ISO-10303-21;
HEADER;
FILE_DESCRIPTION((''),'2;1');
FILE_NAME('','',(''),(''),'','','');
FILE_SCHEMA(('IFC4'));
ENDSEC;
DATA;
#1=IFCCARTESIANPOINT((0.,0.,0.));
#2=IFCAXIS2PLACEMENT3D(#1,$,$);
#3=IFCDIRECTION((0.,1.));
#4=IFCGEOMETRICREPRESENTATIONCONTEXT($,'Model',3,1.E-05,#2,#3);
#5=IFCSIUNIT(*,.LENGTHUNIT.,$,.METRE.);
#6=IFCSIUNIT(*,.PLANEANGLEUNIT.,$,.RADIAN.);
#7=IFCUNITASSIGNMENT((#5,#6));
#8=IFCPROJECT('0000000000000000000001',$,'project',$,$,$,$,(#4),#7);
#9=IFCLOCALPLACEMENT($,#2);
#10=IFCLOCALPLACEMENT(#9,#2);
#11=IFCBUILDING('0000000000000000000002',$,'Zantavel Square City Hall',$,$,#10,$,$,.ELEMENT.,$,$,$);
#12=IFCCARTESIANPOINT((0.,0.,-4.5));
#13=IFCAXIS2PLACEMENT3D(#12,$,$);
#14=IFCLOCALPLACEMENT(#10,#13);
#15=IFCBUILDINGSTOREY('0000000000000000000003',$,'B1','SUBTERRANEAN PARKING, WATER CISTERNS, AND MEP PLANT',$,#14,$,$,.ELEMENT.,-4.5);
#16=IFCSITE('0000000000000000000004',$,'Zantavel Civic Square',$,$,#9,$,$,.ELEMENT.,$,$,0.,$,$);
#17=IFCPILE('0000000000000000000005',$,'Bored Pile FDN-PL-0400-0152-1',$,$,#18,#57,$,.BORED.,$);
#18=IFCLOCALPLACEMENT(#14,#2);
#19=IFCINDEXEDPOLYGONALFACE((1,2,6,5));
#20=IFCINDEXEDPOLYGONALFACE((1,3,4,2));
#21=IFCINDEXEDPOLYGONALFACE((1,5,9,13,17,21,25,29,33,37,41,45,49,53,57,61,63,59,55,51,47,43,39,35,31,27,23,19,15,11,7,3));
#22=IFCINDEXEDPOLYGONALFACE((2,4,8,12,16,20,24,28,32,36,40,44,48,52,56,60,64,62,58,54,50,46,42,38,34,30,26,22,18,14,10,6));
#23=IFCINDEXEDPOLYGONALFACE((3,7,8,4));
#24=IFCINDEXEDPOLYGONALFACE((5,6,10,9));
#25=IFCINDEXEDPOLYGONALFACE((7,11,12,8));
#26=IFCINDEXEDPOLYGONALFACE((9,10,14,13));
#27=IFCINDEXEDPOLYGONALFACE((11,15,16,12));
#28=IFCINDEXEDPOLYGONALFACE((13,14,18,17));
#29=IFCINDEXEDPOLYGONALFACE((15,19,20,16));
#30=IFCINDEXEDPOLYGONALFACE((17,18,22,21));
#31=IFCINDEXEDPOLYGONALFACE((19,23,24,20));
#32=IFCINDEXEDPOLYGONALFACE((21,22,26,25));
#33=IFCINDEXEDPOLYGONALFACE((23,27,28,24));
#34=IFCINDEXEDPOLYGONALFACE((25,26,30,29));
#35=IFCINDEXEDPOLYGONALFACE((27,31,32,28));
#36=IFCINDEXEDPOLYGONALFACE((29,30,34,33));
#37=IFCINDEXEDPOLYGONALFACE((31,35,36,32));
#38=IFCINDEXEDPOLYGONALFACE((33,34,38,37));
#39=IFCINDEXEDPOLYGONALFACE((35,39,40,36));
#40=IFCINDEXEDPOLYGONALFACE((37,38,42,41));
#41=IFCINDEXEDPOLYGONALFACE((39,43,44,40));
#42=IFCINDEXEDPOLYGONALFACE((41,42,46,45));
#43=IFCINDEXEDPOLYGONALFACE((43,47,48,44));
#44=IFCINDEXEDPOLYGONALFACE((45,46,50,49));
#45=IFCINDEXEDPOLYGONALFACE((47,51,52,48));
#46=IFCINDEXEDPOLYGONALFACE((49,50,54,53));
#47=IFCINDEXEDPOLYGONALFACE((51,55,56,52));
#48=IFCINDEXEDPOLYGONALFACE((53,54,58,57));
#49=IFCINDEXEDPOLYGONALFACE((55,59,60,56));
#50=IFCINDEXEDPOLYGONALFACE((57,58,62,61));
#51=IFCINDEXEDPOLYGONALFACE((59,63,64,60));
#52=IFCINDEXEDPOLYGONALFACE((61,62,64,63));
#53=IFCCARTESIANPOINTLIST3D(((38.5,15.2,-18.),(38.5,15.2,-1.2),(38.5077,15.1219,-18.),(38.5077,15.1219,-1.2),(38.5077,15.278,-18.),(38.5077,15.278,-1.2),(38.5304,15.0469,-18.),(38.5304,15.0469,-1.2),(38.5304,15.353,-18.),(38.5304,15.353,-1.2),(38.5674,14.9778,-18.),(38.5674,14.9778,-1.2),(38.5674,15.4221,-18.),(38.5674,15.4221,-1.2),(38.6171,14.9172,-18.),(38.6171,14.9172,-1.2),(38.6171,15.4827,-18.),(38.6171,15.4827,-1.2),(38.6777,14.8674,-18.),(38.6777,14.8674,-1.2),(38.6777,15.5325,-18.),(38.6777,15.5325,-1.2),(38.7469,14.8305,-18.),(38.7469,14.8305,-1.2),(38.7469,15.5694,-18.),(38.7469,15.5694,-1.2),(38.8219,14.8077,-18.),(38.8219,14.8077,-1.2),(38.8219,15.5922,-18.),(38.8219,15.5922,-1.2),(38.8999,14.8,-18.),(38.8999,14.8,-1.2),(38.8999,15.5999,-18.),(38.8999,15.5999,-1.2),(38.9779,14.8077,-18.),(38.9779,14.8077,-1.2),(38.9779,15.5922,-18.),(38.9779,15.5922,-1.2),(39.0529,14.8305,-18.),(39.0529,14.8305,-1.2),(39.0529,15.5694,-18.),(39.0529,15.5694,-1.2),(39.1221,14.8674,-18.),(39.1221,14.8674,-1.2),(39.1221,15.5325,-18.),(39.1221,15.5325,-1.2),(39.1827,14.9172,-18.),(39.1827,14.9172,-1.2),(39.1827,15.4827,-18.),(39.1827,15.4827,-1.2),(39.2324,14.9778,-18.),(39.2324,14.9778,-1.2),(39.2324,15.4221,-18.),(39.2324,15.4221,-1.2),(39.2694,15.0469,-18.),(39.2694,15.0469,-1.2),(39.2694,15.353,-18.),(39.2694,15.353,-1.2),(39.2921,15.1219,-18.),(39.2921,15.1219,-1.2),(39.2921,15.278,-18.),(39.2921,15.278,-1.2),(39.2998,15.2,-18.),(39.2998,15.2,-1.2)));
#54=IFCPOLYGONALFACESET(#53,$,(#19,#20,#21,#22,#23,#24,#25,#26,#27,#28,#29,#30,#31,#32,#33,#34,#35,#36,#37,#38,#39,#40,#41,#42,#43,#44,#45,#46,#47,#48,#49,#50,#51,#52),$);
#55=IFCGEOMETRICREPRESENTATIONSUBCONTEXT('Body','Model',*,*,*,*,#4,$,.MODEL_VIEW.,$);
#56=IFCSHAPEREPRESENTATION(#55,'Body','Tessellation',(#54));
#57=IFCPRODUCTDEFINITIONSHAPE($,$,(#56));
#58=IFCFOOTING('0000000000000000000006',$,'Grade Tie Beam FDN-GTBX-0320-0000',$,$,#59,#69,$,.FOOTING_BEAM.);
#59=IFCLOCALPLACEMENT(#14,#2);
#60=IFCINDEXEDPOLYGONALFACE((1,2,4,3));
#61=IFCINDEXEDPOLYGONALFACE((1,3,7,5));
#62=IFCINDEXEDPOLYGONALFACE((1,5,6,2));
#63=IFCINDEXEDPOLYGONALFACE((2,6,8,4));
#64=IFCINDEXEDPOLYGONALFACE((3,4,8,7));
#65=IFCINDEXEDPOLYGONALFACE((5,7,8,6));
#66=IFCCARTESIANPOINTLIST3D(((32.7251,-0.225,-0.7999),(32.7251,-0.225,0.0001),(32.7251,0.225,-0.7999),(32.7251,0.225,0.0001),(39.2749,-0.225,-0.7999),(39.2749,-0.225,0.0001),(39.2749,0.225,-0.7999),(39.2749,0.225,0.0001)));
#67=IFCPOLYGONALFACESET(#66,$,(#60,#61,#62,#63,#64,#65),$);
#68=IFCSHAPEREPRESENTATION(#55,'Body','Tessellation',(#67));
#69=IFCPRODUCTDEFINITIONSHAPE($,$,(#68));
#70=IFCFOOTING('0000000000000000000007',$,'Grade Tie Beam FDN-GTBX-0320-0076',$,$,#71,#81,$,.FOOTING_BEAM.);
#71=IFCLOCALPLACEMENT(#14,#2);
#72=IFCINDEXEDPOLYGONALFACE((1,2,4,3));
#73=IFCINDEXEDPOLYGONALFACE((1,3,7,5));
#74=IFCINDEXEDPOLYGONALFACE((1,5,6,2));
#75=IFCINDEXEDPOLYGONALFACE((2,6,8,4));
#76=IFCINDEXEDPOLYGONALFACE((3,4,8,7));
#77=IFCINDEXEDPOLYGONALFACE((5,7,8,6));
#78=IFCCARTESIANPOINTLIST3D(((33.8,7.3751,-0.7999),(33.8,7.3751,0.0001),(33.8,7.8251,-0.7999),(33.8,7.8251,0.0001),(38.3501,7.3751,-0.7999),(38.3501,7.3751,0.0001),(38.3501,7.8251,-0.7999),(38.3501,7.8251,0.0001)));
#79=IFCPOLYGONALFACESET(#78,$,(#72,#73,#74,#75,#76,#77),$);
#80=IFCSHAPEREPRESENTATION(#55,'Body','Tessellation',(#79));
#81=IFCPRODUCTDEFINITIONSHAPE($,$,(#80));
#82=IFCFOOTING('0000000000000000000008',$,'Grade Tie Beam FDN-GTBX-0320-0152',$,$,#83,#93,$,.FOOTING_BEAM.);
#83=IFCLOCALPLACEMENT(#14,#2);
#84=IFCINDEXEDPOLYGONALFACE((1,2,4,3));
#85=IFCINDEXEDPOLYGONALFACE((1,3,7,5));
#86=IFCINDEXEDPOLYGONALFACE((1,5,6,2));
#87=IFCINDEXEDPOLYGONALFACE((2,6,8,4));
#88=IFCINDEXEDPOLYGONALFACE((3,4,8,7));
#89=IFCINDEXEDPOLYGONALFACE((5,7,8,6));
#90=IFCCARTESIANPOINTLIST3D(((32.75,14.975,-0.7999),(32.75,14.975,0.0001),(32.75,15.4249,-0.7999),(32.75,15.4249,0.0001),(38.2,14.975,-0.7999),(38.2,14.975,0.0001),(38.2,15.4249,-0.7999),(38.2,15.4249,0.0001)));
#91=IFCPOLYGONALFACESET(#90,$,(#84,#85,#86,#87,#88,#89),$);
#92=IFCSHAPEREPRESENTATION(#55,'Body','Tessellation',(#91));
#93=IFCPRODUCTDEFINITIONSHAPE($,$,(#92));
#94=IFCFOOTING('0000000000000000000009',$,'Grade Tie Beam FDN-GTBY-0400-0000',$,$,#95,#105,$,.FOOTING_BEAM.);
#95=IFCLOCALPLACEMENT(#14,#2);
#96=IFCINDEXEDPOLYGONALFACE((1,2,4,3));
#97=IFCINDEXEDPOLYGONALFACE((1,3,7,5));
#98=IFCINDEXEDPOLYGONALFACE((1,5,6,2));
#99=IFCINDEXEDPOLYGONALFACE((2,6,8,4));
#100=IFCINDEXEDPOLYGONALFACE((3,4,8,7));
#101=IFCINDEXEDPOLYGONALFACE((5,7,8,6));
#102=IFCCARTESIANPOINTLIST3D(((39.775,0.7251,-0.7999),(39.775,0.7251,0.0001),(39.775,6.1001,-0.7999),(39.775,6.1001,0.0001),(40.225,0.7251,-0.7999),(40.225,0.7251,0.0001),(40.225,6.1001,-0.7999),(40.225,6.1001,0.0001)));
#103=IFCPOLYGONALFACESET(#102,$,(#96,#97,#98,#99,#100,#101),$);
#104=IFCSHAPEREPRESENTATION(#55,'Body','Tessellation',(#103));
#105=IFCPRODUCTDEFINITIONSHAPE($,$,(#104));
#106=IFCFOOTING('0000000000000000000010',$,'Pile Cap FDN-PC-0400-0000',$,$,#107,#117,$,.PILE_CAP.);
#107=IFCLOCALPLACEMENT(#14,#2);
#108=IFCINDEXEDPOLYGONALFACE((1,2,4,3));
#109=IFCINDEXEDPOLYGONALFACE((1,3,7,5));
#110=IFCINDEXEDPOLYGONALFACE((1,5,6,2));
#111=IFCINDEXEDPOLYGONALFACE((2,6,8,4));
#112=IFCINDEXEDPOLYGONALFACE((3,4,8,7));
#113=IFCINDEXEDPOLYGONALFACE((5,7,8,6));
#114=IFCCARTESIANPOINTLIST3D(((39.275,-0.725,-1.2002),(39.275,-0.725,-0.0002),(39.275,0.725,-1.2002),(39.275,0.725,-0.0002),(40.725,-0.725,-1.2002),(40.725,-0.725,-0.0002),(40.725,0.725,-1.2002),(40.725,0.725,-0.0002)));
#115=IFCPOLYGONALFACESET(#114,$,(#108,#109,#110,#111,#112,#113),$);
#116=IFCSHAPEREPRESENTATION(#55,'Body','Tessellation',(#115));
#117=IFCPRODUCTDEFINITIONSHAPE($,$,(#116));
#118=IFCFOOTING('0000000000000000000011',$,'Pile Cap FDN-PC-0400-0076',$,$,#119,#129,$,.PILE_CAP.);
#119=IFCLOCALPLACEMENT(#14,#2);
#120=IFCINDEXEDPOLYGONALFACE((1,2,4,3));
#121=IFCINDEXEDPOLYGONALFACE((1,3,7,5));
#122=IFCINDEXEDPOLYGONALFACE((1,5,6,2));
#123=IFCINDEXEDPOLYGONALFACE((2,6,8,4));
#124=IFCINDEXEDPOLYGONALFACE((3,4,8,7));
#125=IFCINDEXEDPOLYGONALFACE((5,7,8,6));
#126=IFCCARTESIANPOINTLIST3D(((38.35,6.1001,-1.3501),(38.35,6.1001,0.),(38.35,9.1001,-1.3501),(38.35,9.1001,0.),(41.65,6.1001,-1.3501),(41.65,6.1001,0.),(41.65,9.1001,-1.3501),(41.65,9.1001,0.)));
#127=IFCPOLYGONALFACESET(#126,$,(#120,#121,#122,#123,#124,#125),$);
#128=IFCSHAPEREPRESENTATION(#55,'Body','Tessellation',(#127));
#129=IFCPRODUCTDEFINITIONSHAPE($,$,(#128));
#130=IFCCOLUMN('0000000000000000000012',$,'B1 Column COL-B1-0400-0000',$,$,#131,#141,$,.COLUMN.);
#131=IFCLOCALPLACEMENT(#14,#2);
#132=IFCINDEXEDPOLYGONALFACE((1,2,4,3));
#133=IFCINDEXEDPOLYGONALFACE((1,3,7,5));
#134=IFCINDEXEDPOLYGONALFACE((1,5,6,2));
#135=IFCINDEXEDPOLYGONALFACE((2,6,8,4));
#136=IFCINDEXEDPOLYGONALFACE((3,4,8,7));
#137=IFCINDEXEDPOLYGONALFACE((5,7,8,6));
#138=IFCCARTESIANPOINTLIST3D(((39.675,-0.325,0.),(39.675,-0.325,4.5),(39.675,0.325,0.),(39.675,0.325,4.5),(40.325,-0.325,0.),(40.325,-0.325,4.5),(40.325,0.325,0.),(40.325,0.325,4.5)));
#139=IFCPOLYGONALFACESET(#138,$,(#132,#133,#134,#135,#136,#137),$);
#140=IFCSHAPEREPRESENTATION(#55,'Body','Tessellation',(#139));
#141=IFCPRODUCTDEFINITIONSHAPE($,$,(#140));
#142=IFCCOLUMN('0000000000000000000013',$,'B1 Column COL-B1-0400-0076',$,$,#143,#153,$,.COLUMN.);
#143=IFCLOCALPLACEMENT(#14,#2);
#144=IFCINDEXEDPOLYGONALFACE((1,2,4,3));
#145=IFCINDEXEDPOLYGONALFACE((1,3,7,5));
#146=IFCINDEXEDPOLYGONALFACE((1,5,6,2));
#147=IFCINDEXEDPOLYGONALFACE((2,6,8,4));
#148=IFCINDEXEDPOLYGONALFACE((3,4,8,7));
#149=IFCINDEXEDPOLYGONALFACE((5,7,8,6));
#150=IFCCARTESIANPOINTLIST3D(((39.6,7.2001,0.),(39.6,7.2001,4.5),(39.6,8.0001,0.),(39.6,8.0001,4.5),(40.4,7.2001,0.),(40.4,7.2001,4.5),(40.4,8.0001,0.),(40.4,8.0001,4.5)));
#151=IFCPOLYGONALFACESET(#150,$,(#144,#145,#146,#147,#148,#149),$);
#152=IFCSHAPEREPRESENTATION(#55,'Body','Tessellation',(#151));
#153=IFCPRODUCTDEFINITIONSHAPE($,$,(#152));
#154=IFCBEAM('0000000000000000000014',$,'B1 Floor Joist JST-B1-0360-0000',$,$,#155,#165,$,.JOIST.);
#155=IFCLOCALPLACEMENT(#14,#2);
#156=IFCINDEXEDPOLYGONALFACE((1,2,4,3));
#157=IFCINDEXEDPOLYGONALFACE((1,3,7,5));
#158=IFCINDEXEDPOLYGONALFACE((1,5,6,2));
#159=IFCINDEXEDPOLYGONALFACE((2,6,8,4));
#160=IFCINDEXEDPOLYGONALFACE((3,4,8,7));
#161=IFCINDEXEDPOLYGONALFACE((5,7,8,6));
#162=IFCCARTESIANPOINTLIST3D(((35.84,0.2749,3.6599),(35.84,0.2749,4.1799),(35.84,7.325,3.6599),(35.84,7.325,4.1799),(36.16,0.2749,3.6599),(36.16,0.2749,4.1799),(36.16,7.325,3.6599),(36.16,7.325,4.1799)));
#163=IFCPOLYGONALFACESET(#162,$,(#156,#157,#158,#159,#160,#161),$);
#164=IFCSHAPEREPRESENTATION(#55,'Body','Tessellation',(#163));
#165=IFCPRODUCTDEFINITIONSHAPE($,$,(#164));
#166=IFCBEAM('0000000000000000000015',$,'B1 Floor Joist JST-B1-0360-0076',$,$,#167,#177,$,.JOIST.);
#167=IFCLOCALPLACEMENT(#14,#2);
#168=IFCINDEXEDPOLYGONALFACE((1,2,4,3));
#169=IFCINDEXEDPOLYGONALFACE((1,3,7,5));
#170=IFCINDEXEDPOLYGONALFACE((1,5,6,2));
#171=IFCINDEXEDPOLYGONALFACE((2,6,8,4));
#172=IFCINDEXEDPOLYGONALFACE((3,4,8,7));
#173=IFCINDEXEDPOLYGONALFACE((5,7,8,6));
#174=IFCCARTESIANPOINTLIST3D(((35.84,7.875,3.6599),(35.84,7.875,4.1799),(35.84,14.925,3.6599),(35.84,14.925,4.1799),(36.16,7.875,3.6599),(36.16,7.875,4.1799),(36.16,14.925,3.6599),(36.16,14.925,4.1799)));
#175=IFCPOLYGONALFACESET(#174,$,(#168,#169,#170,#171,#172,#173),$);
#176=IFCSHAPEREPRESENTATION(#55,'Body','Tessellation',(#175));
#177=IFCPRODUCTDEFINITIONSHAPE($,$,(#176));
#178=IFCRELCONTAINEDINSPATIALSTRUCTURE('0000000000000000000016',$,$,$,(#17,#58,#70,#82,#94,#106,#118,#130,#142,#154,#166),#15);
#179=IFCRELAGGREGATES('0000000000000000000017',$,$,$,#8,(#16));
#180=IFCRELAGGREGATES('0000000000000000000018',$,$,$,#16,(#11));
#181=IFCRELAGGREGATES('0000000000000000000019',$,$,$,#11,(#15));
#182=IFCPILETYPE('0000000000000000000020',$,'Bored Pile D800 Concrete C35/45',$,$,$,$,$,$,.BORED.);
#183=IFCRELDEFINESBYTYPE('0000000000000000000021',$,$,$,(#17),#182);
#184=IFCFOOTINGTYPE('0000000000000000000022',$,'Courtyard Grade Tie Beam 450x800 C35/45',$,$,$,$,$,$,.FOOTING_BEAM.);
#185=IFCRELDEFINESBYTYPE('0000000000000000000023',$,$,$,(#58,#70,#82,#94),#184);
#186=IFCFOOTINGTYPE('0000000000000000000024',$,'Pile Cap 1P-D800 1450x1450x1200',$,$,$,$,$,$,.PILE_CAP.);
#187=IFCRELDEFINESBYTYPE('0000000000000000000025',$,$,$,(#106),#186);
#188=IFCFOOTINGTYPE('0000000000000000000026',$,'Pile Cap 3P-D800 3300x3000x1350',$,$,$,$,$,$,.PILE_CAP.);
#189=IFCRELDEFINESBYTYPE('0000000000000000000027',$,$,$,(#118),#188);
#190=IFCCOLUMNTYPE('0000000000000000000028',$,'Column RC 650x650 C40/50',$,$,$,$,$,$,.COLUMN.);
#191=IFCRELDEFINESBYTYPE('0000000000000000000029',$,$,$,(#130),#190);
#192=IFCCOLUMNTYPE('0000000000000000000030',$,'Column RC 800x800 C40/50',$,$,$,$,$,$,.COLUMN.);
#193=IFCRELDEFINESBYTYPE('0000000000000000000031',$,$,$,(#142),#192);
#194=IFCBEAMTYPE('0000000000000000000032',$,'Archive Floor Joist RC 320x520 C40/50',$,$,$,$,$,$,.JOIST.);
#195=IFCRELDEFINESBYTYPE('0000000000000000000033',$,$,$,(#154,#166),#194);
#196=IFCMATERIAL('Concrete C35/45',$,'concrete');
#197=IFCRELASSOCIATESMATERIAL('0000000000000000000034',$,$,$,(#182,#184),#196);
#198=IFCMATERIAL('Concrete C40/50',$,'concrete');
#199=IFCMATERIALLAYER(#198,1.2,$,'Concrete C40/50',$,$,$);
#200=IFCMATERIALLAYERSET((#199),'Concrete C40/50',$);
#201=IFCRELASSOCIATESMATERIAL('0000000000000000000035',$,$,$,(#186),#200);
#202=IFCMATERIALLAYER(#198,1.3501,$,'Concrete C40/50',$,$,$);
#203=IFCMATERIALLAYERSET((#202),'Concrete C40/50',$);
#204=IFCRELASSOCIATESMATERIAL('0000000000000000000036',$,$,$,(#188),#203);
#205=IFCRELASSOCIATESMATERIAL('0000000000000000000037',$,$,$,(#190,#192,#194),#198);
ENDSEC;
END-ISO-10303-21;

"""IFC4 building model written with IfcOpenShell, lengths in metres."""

from ifc_helpers import new_model, si_unit, direction, frame, origin, origin_2d, place, context, subcontext, project, spatial, rectangle, circle, extrude, material, layer, layer_set, material_profile, profile_set, type_object, element, save


model = new_model("IFC4")

# Units and contexts
model_context = context("Model", 3, precision=1e-05, world=origin(), true_north=direction((0.0, 1.0)))
body_context = subcontext(model_context, "Body", "Model", "MODEL_VIEW")
ifc_project = project(units=[si_unit("LENGTHUNIT", "METRE"), si_unit("PLANEANGLEUNIT", "RADIAN")], contexts=[model_context])

# Site, building, storey
site_placement = place(None, origin())
site = spatial("IfcSite", under=ifc_project, at=site_placement, Name="Zantavel Civic Square", CompositionType="ELEMENT", RefElevation=0.0)
building_placement = place(site_placement, origin())
building = spatial("IfcBuilding", under=site, at=building_placement, Name="Zantavel Square City Hall", CompositionType="ELEMENT")
storey_placement = place(building_placement, frame((0.0, 0.0, -4.5)))
storey = spatial("IfcBuildingStorey", under=building, at=storey_placement, Name="B1", Description="SUBTERRANEAN PARKING, WATER CISTERNS, AND MEP PLANT", CompositionType="ELEMENT", Elevation=-4.5)

# Pile
ifc_material_1 = material(Name="Concrete C35/45", Category="concrete")
ifc_material_profile_1 = material_profile(ifc_material_1, circle(Radius=0.3999, at=origin_2d()), Name="PILE D800")
ifc_profile_set_1 = profile_set([ifc_material_profile_1], Name="Concrete C35/45")
pile_type = type_object("IfcPileType", Name="Bored Pile D800 Concrete C35/45", PredefinedType="BORED", material=ifc_profile_set_1)
pile_1_placement = place(storey_placement, frame((38.8999, 15.2, -1.2), z_axis=(0.0, 0.0, -1.0), x_axis=(1.0, 0.0, 0.0)))
element("IfcPile", 1, at=pile_1_placement, inside=storey, type_object=pile_type, Name="Bored Pile FDN-PL-0400-0152-1", PredefinedType="BORED", context=body_context, shape_type="SweptSolid", body=[
    extrude(circle(Radius=0.3999, at=origin_2d()), origin(), (0.0, 0.0, 1.0), 16.8),
])

# Footings
ifc_material_profile_2 = material_profile(ifc_material_1, rectangle(XDim=0.45, YDim=0.8, at=origin_2d()), Name="RC 450x800")
ifc_profile_set_2 = profile_set([ifc_material_profile_2], Name="Concrete C35/45")
footing_type_1 = type_object("IfcFootingType", Name="Courtyard Grade Tie Beam 450x800 C35/45", PredefinedType="FOOTING_BEAM", material=ifc_profile_set_2)
footing_1_placement = place(storey_placement, frame((32.7251, 0.0, -0.3999), z_axis=(1.0, 0.0, 0.0), x_axis=(0.0, 1.0, 0.0)))
element("IfcFooting", 2, at=footing_1_placement, inside=storey, type_object=footing_type_1, Name="Grade Tie Beam FDN-GTBX-0320-0000", PredefinedType="FOOTING_BEAM", context=body_context, shape_type="SweptSolid", body=[
    extrude(rectangle(XDim=0.45, YDim=0.8, at=origin_2d()), origin(), (0.0, 0.0, 1.0), 6.5498),
])
footing_2_placement = place(storey_placement, frame((33.8, 7.6001, -0.3999), z_axis=(1.0, 0.0, 0.0), x_axis=(0.0, 1.0, 0.0)))
element("IfcFooting", 3, at=footing_2_placement, inside=storey, type_object=footing_type_1, Name="Grade Tie Beam FDN-GTBX-0320-0076", PredefinedType="FOOTING_BEAM", context=body_context, shape_type="SweptSolid", body=[
    extrude(rectangle(XDim=0.45, YDim=0.8, at=origin_2d()), origin(), (0.0, 0.0, 1.0), 4.55),
])
footing_3_placement = place(storey_placement, frame((32.75, 15.2, -0.3999), z_axis=(1.0, 0.0, 0.0), x_axis=(0.0, 1.0, 0.0)))
element("IfcFooting", 4, at=footing_3_placement, inside=storey, type_object=footing_type_1, Name="Grade Tie Beam FDN-GTBX-0320-0152", PredefinedType="FOOTING_BEAM", context=body_context, shape_type="SweptSolid", body=[
    extrude(rectangle(XDim=0.45, YDim=0.8, at=origin_2d()), origin(), (0.0, 0.0, 1.0), 5.45),
])
footing_4_placement = place(storey_placement, frame((40.0, 0.7251, -0.3999), z_axis=(0.0, 1.0, 0.0), x_axis=(-1.0, 0.0, 0.0)))
element("IfcFooting", 5, at=footing_4_placement, inside=storey, type_object=footing_type_1, Name="Grade Tie Beam FDN-GTBY-0400-0000", PredefinedType="FOOTING_BEAM", context=body_context, shape_type="SweptSolid", body=[
    extrude(rectangle(XDim=0.45, YDim=0.8, at=origin_2d()), origin(), (0.0, 0.0, 1.0), 5.375),
])
ifc_material_2 = material(Name="Concrete C40/50", Category="concrete")
ifc_layer_1 = layer(ifc_material_2, 1.2, Name="Concrete C40/50")
ifc_layer_set_1 = layer_set([ifc_layer_1], Name="Concrete C40/50")
footing_type_2 = type_object("IfcFootingType", Name="Pile Cap 1P-D800 1450x1450x1200", PredefinedType="PILE_CAP", material=ifc_layer_set_1)
footing_5_placement = place(storey_placement, frame((40.0, 0.0, -1.2002), z_axis=(0.0, 0.0, 1.0), x_axis=(1.0, 0.0, 0.0)))
element("IfcFooting", 6, at=footing_5_placement, inside=storey, type_object=footing_type_2, Name="Pile Cap FDN-PC-0400-0000", PredefinedType="PILE_CAP", context=body_context, shape_type="SweptSolid", body=[
    extrude(rectangle(XDim=1.45, YDim=1.45, at=origin_2d()), origin(), (0.0, 0.0, 1.0), 1.2),
])
ifc_layer_2 = layer(ifc_material_2, 1.3501, Name="Concrete C40/50")
ifc_layer_set_2 = layer_set([ifc_layer_2], Name="Concrete C40/50")
footing_type_3 = type_object("IfcFootingType", Name="Pile Cap 3P-D800 3300x3000x1350", PredefinedType="PILE_CAP", material=ifc_layer_set_2)
footing_6_placement = place(storey_placement, frame((40.0, 7.6001, -1.3501), z_axis=(0.0, 0.0, 1.0), x_axis=(1.0, 0.0, 0.0)))
element("IfcFooting", 7, at=footing_6_placement, inside=storey, type_object=footing_type_3, Name="Pile Cap FDN-PC-0400-0076", PredefinedType="PILE_CAP", context=body_context, shape_type="SweptSolid", body=[
    extrude(rectangle(XDim=3.3, YDim=3.0, at=origin_2d()), origin(), (0.0, 0.0, 1.0), 1.3501),
])

# Columns
ifc_material_profile_3 = material_profile(ifc_material_2, rectangle(XDim=0.6499, YDim=0.6499, at=origin_2d()), Name="RC 650x650")
ifc_profile_set_3 = profile_set([ifc_material_profile_3], Name="Concrete C40/50")
column_type_1 = type_object("IfcColumnType", Name="Column RC 650x650 C40/50", PredefinedType="COLUMN", material=ifc_profile_set_3)
column_1_placement = place(storey_placement, frame((40.0, 0.0, 0.0), z_axis=(0.0, 0.0, 1.0), x_axis=(1.0, 0.0, 0.0)))
element("IfcColumn", 8, at=column_1_placement, inside=storey, type_object=column_type_1, Name="B1 Column COL-B1-0400-0000", PredefinedType="COLUMN", context=body_context, shape_type="SweptSolid", body=[
    extrude(rectangle(XDim=0.6499, YDim=0.6499, at=origin_2d()), origin(), (0.0, 0.0, 1.0), 4.5),
])
ifc_material_profile_4 = material_profile(ifc_material_2, rectangle(XDim=0.8, YDim=0.8, at=origin_2d()), Name="RC 800x800")
ifc_profile_set_4 = profile_set([ifc_material_profile_4], Name="Concrete C40/50")
column_type_2 = type_object("IfcColumnType", Name="Column RC 800x800 C40/50", PredefinedType="COLUMN", material=ifc_profile_set_4)
column_2_placement = place(storey_placement, frame((40.0, 7.6001, 0.0), z_axis=(0.0, 0.0, 1.0), x_axis=(1.0, 0.0, 0.0)))
element("IfcColumn", 9, at=column_2_placement, inside=storey, type_object=column_type_2, Name="B1 Column COL-B1-0400-0076", PredefinedType="COLUMN", context=body_context, shape_type="SweptSolid", body=[
    extrude(rectangle(XDim=0.8, YDim=0.8, at=origin_2d()), origin(), (0.0, 0.0, 1.0), 4.5),
])

# Beams
ifc_material_profile_5 = material_profile(ifc_material_2, rectangle(XDim=0.3201, YDim=0.52, at=origin_2d()), Name="RC 320x520")
ifc_profile_set_5 = profile_set([ifc_material_profile_5], Name="Concrete C40/50")
beam_type_1 = type_object("IfcBeamType", Name="Archive Floor Joist RC 320x520 C40/50", PredefinedType="JOIST", material=ifc_profile_set_5)
for number, where, z_axis, x_axis, name in (
    (10, (36.0, 0.2749, 3.9199), (0.0, 1.0, 0.0), (-1.0, 0.0, 0.0), "B1 Floor Joist JST-B1-0360-0000"),
    (11, (36.0, 7.875, 3.9199), (0.0, 1.0, 0.0), (-1.0, 0.0, 0.0), "B1 Floor Joist JST-B1-0360-0076"),
):
    element("IfcBeam", number, at=place(storey_placement, frame(where, z_axis=z_axis, x_axis=x_axis)), inside=storey, type_object=beam_type_1, Name=name, PredefinedType="JOIST", context=body_context, shape_type="SweptSolid", body=[
        extrude(rectangle(XDim=0.3201, YDim=0.52, at=origin_2d()), origin(), (0.0, 0.0, 1.0), 7.05),
    ])

save(model, "model.ifc")
